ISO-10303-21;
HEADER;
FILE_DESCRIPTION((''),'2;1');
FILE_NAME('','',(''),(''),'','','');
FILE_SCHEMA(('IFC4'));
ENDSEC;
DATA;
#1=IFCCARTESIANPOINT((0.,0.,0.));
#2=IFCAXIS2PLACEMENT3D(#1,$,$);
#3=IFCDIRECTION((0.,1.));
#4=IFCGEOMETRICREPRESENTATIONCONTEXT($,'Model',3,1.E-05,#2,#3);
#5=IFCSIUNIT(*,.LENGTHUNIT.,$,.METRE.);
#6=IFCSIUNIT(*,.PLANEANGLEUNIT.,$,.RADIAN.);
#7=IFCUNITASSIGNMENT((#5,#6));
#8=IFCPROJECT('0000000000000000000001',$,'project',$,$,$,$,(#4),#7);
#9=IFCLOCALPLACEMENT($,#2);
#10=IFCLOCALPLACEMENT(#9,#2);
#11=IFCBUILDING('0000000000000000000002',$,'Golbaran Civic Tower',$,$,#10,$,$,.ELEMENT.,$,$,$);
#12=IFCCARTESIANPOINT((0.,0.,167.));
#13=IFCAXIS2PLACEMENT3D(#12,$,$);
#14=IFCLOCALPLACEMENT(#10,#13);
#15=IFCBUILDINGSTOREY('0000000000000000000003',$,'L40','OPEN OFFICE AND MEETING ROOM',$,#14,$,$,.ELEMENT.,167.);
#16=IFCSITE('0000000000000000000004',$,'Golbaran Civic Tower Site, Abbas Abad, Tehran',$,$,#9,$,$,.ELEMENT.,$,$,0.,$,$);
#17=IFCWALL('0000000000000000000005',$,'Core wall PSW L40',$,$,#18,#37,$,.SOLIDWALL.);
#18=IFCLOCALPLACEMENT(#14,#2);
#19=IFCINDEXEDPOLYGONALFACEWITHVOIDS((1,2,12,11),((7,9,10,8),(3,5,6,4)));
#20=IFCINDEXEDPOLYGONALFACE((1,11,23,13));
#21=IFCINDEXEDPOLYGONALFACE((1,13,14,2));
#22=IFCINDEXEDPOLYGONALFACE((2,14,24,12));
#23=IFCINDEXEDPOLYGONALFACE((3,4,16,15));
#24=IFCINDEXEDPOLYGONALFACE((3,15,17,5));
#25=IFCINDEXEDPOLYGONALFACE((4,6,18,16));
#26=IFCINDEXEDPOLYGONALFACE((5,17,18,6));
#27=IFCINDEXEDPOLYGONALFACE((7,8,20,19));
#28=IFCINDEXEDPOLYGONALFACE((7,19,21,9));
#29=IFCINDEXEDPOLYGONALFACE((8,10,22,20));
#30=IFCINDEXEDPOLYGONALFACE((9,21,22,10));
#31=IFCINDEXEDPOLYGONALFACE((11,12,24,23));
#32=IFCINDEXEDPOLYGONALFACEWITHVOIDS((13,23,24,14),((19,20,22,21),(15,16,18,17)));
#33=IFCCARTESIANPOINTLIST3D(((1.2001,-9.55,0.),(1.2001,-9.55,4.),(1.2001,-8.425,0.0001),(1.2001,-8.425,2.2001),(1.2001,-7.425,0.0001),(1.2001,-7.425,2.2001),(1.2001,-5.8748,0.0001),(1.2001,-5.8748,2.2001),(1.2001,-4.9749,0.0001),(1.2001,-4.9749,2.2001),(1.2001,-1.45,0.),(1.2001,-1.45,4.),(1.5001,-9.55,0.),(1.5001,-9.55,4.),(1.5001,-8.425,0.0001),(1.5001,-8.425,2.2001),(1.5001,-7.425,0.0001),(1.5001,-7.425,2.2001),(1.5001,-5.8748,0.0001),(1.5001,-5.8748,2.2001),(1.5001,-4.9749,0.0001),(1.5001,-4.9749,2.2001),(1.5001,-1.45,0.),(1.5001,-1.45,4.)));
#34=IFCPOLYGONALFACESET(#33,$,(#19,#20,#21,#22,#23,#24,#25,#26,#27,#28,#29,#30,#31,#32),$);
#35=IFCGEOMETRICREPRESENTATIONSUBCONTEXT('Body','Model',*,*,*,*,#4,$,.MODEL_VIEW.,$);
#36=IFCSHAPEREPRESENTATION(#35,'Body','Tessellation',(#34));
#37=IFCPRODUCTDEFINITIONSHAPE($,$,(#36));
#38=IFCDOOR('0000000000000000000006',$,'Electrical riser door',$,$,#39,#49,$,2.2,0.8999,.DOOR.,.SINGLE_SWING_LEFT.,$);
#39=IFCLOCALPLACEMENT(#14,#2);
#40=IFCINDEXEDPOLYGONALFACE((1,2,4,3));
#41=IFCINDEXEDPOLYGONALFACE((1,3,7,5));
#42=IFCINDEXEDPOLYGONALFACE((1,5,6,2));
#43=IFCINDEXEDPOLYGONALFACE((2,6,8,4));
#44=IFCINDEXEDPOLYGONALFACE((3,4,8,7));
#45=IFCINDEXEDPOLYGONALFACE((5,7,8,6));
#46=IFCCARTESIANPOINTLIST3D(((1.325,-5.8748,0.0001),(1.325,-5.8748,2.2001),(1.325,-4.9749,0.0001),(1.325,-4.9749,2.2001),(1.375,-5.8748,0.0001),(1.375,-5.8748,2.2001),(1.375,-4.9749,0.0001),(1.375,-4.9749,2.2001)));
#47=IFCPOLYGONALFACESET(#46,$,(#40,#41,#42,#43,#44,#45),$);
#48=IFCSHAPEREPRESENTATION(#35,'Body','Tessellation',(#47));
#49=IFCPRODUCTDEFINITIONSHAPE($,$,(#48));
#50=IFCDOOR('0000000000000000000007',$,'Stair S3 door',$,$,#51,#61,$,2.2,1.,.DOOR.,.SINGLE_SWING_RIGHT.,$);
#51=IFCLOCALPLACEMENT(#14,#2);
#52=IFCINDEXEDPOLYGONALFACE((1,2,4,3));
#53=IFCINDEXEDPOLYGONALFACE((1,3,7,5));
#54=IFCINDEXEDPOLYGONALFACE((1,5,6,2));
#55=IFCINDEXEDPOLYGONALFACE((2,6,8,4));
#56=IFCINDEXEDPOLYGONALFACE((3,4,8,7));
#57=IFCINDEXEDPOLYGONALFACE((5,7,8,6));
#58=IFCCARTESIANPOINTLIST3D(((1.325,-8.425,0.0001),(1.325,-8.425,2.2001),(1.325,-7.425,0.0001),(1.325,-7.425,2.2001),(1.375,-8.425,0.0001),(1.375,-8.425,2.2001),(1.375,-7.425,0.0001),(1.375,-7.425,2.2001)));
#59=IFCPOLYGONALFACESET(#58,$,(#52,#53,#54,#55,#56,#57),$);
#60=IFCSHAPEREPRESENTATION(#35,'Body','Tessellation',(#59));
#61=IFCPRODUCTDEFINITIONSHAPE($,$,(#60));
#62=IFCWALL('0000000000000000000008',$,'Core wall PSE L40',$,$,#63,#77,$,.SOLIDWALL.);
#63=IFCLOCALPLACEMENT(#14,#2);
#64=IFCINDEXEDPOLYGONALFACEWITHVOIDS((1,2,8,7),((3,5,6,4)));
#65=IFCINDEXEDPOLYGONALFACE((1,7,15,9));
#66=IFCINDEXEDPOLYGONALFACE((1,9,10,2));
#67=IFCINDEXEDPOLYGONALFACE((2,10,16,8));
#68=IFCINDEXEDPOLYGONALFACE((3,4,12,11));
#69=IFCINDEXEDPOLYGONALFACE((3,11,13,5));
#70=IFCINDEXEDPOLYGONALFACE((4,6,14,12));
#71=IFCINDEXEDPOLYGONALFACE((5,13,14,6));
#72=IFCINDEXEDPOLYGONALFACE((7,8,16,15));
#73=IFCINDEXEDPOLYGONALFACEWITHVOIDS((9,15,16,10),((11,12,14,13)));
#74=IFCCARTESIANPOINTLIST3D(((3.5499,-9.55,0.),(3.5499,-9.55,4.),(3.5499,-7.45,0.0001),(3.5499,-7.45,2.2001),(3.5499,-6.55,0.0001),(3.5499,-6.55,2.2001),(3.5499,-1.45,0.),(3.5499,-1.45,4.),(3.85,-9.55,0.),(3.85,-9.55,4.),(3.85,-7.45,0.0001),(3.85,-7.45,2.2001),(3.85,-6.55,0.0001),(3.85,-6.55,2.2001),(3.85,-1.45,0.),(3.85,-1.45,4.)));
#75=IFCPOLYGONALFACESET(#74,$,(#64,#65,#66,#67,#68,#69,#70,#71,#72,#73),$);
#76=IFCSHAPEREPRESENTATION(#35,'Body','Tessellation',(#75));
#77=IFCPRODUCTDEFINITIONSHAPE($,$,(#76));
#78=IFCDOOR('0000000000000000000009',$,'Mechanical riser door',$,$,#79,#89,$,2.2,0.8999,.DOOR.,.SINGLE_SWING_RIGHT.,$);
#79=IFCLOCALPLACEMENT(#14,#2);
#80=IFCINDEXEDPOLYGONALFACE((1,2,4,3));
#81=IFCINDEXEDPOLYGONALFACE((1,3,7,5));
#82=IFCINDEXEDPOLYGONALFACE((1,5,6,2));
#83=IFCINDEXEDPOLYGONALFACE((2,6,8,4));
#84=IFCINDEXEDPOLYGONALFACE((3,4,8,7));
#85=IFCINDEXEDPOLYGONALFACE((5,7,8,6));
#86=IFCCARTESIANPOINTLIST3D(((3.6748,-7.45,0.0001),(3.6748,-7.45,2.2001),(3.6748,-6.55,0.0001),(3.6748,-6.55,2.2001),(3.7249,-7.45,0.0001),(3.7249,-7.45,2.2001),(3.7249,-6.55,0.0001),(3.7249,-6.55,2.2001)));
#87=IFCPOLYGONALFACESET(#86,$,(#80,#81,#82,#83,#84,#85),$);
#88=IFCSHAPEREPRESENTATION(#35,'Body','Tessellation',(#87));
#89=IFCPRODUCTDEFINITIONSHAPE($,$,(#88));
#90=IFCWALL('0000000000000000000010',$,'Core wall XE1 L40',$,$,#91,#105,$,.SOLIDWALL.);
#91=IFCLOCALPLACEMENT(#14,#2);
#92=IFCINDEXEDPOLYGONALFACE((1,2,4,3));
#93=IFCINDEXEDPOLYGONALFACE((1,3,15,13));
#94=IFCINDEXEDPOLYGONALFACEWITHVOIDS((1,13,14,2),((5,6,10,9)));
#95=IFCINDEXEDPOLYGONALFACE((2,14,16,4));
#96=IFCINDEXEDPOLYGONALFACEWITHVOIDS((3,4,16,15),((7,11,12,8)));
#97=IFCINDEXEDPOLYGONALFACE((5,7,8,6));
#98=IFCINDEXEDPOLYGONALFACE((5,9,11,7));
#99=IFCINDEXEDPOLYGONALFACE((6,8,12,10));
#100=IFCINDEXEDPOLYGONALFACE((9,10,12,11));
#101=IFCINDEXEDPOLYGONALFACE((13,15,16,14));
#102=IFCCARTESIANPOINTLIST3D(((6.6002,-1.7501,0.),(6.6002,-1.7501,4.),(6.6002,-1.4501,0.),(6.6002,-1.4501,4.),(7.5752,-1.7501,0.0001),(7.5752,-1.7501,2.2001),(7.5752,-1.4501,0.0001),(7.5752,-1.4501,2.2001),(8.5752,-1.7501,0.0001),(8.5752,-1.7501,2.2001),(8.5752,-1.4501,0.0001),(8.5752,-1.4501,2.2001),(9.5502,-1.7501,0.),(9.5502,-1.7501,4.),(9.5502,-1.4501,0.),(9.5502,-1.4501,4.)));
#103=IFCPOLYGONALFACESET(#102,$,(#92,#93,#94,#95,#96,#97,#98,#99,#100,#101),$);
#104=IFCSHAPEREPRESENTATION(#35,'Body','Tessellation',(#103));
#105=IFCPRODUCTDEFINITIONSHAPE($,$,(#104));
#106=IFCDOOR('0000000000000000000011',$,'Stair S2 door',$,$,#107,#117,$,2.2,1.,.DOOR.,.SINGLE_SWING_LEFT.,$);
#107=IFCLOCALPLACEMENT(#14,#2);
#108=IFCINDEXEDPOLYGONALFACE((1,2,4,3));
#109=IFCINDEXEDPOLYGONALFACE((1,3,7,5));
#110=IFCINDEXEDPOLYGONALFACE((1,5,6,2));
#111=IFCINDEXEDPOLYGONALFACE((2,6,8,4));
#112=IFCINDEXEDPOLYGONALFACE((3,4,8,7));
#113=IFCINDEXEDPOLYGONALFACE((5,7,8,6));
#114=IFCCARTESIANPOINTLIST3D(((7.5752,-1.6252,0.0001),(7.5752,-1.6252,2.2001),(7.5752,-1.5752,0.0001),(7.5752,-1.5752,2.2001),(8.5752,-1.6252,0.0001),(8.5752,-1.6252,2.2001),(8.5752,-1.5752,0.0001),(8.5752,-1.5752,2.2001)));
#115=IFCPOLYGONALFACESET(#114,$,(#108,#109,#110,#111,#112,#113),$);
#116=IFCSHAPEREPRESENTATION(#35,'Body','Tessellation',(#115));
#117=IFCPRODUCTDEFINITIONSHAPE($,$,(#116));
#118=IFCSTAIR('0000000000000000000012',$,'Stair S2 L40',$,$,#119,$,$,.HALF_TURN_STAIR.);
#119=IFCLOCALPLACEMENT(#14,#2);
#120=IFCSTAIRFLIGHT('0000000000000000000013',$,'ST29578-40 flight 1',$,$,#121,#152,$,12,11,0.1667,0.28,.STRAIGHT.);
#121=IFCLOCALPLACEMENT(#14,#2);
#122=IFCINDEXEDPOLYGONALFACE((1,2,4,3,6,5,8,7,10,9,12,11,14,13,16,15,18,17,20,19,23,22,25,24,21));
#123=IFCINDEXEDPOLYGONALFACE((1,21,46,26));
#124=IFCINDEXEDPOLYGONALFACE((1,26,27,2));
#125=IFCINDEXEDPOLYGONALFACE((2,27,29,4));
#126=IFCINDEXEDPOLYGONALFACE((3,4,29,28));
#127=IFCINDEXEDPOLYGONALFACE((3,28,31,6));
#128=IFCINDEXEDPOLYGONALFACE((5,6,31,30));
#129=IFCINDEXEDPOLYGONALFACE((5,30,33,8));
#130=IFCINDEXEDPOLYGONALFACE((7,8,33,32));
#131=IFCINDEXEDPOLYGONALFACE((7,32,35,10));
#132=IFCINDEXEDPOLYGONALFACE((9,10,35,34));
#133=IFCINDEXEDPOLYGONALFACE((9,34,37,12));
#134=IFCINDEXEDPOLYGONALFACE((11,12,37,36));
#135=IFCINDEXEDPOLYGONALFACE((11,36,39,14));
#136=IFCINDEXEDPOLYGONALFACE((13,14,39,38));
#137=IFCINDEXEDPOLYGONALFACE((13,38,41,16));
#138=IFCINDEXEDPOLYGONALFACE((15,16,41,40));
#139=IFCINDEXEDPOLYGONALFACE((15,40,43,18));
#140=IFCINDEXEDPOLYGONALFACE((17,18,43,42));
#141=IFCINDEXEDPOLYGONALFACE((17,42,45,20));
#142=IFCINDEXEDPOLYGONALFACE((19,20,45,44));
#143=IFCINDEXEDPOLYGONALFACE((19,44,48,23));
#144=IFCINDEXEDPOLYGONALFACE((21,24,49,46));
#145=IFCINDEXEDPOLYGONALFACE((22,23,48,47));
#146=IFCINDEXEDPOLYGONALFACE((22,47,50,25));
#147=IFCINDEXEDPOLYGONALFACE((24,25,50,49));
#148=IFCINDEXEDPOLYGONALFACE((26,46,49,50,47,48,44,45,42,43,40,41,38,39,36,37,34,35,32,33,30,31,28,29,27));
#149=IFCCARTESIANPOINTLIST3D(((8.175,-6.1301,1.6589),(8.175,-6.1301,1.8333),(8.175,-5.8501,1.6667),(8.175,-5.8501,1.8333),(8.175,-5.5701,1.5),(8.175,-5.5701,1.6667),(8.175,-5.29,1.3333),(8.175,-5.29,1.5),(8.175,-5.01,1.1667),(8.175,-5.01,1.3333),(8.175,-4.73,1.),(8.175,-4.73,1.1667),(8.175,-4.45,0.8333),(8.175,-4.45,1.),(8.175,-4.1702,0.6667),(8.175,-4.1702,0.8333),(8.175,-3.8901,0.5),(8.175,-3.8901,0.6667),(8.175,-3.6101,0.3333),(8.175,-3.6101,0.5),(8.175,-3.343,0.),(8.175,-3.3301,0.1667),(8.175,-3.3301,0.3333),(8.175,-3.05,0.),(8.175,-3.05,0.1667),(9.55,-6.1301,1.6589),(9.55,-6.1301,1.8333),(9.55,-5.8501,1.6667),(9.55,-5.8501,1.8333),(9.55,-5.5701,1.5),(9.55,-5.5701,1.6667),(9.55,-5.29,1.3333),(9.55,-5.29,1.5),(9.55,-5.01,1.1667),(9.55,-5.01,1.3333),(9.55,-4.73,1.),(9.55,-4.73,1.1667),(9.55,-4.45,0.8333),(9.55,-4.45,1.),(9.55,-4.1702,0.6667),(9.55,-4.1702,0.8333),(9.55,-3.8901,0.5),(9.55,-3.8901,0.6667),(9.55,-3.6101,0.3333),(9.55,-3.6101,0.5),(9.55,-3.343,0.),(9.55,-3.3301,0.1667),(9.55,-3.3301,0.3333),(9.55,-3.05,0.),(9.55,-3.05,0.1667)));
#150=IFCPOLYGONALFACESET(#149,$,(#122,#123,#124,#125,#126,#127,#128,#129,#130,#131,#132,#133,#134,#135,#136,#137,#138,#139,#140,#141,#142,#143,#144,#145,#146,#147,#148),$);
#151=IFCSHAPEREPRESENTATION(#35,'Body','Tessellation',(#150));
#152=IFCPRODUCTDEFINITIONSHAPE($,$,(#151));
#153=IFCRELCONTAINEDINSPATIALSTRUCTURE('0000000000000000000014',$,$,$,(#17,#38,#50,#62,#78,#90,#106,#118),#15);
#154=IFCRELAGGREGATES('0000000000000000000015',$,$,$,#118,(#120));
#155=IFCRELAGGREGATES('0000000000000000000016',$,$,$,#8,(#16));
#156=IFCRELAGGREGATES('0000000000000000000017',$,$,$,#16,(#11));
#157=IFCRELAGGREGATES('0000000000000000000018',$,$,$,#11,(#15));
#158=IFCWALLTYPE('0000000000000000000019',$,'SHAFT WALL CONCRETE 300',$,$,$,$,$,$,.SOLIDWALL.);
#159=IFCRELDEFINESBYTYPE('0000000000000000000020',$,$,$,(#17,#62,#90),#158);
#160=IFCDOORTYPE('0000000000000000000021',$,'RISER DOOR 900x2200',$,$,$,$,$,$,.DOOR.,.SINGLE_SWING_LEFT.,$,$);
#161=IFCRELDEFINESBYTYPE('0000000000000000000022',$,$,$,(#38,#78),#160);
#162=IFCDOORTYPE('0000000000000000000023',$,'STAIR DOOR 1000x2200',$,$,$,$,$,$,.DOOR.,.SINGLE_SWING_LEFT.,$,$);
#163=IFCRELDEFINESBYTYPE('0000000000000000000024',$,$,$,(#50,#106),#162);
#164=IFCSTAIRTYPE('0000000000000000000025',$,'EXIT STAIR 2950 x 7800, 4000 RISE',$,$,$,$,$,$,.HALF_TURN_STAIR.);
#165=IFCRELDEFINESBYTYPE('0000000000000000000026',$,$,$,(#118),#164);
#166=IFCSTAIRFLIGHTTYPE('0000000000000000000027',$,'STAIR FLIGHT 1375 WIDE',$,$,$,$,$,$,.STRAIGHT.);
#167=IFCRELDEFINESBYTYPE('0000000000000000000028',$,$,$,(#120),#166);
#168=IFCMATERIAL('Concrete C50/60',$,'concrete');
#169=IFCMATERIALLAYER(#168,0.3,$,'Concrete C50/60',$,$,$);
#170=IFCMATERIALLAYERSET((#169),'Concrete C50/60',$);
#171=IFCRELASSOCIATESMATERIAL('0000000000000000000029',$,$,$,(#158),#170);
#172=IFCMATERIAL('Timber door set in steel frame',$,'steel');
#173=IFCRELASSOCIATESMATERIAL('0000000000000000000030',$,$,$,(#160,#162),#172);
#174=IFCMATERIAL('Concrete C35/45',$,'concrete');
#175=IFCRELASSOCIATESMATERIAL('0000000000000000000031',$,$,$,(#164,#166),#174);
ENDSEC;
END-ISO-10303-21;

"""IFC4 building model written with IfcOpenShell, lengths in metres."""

from ifc_helpers import new_model, si_unit, direction, frame, frame_2d, origin, place, context, subcontext, project, spatial, polyline, rectangle, outline, extrude, material, layer, layer_set, type_object, element, fill, aggregate, save


model = new_model("IFC4")

# Units and contexts
model_context = context("Model", 3, precision=1e-05, world=origin(), true_north=direction((0.0, 1.0)))
body_context = subcontext(model_context, "Body", "Model", "MODEL_VIEW")
ifc_project = project(units=[si_unit("LENGTHUNIT", "METRE"), si_unit("PLANEANGLEUNIT", "RADIAN")], contexts=[model_context])

# Site, building, storey
site_placement = place(None, origin())
site = spatial("IfcSite", under=ifc_project, at=site_placement, Name="Golbaran Civic Tower Site, Abbas Abad, Tehran", CompositionType="ELEMENT", RefElevation=0.0)
building_placement = place(site_placement, origin())
building = spatial("IfcBuilding", under=site, at=building_placement, Name="Golbaran Civic Tower", CompositionType="ELEMENT")
storey_placement = place(building_placement, frame((0.0, 0.0, 167.0)))
storey = spatial("IfcBuildingStorey", under=building, at=storey_placement, Name="L40", Description="OPEN OFFICE AND MEETING ROOM", CompositionType="ELEMENT", Elevation=167.0)

# Shared definitions
ifc_material_1 = material(Name="Concrete C50/60", Category="concrete")
ifc_material_2 = material(Name="Timber door set in steel frame", Category="steel")

# Shared definitions
ifc_layer_1 = layer(ifc_material_1, 0.3, Name="Concrete C50/60")
ifc_layer_set_1 = layer_set([ifc_layer_1], Name="Concrete C50/60")
wall_type_1 = type_object("IfcWallType", Name="SHAFT WALL CONCRETE 300", PredefinedType="SOLIDWALL", material=ifc_layer_set_1)

# Wall, openings, doors
wall_1_placement = place(storey_placement, frame((1.3501, -1.45, 0.0), z_axis=(0.0, 0.0, 1.0), x_axis=(0.0, -1.0, 0.0)))
wall_1 = element("IfcWall", 1, at=wall_1_placement, inside=storey, type_object=wall_type_1, Name="Core wall PSW L40", PredefinedType="SOLIDWALL", context=body_context, shape_type="SweptSolid", body=[
    extrude(rectangle(XDim=8.1001, YDim=0.3, at=frame_2d((4.05, 0.0))), origin(), (0.0, 0.0, 1.0), 4.0),
])
opening_1_placement = place(wall_1_placement, frame((5.9751, 0.0, 0.0)))
opening_1 = element("IfcOpeningElement", 2, at=opening_1_placement, cuts=wall_1, PredefinedType="OPENING", context=body_context, shape_type="SweptSolid", body=[
    extrude(rectangle(XDim=1.0, YDim=2.2, at=frame_2d((0.5, 1.1001))), frame((0.0, 0.1599, 0.0), z_axis=(0.0, -1.0, 0.0), x_axis=(1.0, 0.0, 0.0)), (0.0, 0.0, 1.0), 0.3201),
])
opening_2_placement = place(wall_1_placement, frame((3.5249, 0.0, 0.0)))
opening_2 = element("IfcOpeningElement", 3, at=opening_2_placement, cuts=wall_1, PredefinedType="OPENING", context=body_context, shape_type="SweptSolid", body=[
    extrude(rectangle(XDim=0.8999, YDim=2.2, at=frame_2d((0.45, 1.1001))), frame((0.0, 0.1599, 0.0), z_axis=(0.0, -1.0, 0.0), x_axis=(1.0, 0.0, 0.0)), (0.0, 0.0, 1.0), 0.3201),
])
door_type_1 = type_object("IfcDoorType", Name="RISER DOOR 900x2200", OperationType="SINGLE_SWING_LEFT", PredefinedType="DOOR", material=ifc_material_2)
door_1_placement = place(opening_2_placement, origin())
door_1 = element("IfcDoor", 4, at=door_1_placement, inside=storey, type_object=door_type_1, Name="Electrical riser door", OperationType="SINGLE_SWING_LEFT", OverallHeight=2.2, OverallWidth=0.8999, PredefinedType="DOOR", context=body_context, shape_type="SweptSolid", body=[
    extrude(rectangle(XDim=0.8999, YDim=2.2, at=frame_2d((0.45, 1.1001))), frame((0.0, 0.0249, 0.0), z_axis=(0.0, -1.0, 0.0), x_axis=(1.0, 0.0, 0.0)), (0.0, 0.0, 1.0), 0.05),
])
fill(opening_2, door_1)
door_type_2 = type_object("IfcDoorType", Name="STAIR DOOR 1000x2200", OperationType="SINGLE_SWING_LEFT", PredefinedType="DOOR", material=ifc_material_2)
door_2_placement = place(opening_1_placement, origin())
door_2 = element("IfcDoor", 5, at=door_2_placement, inside=storey, type_object=door_type_2, Name="Stair S3 door", OperationType="SINGLE_SWING_RIGHT", OverallHeight=2.2, OverallWidth=1.0, PredefinedType="DOOR", context=body_context, shape_type="SweptSolid", body=[
    extrude(rectangle(XDim=1.0, YDim=2.2, at=frame_2d((0.5, 1.1001))), frame((0.0, 0.0249, 0.0), z_axis=(0.0, -1.0, 0.0), x_axis=(1.0, 0.0, 0.0)), (0.0, 0.0, 1.0), 0.05),
])
fill(opening_1, door_2)

# Walls, openings, doors
wall_2_placement = place(storey_placement, frame((3.7, -1.45, 0.0), z_axis=(0.0, 0.0, 1.0), x_axis=(0.0, -1.0, 0.0)))
wall_2 = element("IfcWall", 6, at=wall_2_placement, inside=storey, type_object=wall_type_1, Name="Core wall PSE L40", PredefinedType="SOLIDWALL", context=body_context, shape_type="SweptSolid", body=[
    extrude(rectangle(XDim=8.1001, YDim=0.3, at=frame_2d((4.05, 0.0))), origin(), (0.0, 0.0, 1.0), 4.0),
])
opening_3_placement = place(wall_2_placement, frame((5.1001, 0.0, 0.0)))
opening_3 = element("IfcOpeningElement", 7, at=opening_3_placement, cuts=wall_2, PredefinedType="OPENING", context=body_context, shape_type="SweptSolid", body=[
    extrude(rectangle(XDim=0.8999, YDim=2.2, at=frame_2d((0.45, 1.1001))), frame((0.0, 0.1599, 0.0), z_axis=(0.0, -1.0, 0.0), x_axis=(1.0, 0.0, 0.0)), (0.0, 0.0, 1.0), 0.3201),
])
door_3_placement = place(opening_3_placement, origin())
door_3 = element("IfcDoor", 8, at=door_3_placement, inside=storey, type_object=door_type_1, Name="Mechanical riser door", OperationType="SINGLE_SWING_RIGHT", OverallHeight=2.2, OverallWidth=0.8999, PredefinedType="DOOR", context=body_context, shape_type="SweptSolid", body=[
    extrude(rectangle(XDim=0.8999, YDim=2.2, at=frame_2d((0.45, 1.1001))), frame((0.0, 0.0249, 0.0), z_axis=(0.0, -1.0, 0.0), x_axis=(1.0, 0.0, 0.0)), (0.0, 0.0, 1.0), 0.05),
])
fill(opening_3, door_3)
wall_3_placement = place(storey_placement, frame((6.6001, -1.6001, 0.0), z_axis=(0.0, 0.0, 1.0), x_axis=(1.0, 0.0, 0.0)))
wall_3 = element("IfcWall", 9, at=wall_3_placement, inside=storey, type_object=wall_type_1, Name="Core wall XE1 L40", PredefinedType="SOLIDWALL", context=body_context, shape_type="SweptSolid", body=[
    extrude(rectangle(XDim=2.95, YDim=0.3, at=frame_2d((1.4751, 0.0))), origin(), (0.0, 0.0, 1.0), 4.0),
])
opening_4_placement = place(wall_3_placement, frame((0.9751, 0.0, 0.0)))
opening_4 = element("IfcOpeningElement", 10, at=opening_4_placement, cuts=wall_3, PredefinedType="OPENING", context=body_context, shape_type="SweptSolid", body=[
    extrude(rectangle(XDim=1.0, YDim=2.2, at=frame_2d((0.5, 1.1001))), frame((0.0, 0.1599, 0.0), z_axis=(0.0, -1.0, 0.0), x_axis=(1.0, 0.0, 0.0)), (0.0, 0.0, 1.0), 0.3201),
])
door_4_placement = place(opening_4_placement, origin())
door_4 = element("IfcDoor", 11, at=door_4_placement, inside=storey, type_object=door_type_2, Name="Stair S2 door", OperationType="SINGLE_SWING_LEFT", OverallHeight=2.2, OverallWidth=1.0, PredefinedType="DOOR", context=body_context, shape_type="SweptSolid", body=[
    extrude(rectangle(XDim=1.0, YDim=2.2, at=frame_2d((0.5, 1.1001))), frame((0.0, 0.0249, 0.0), z_axis=(0.0, -1.0, 0.0), x_axis=(1.0, 0.0, 0.0)), (0.0, 0.0, 1.0), 0.05),
])
fill(opening_4, door_4)

# Stair, stair flight
ifc_material_3 = material(Name="Concrete C35/45", Category="concrete")
stair_type = type_object("IfcStairType", Name="EXIT STAIR 2950 x 7800, 4000 RISE", PredefinedType="HALF_TURN_STAIR", material=ifc_material_3)
stair_placement = place(storey_placement, origin())
stair = element("IfcStair", 12, at=stair_placement, inside=storey, type_object=stair_type, Name="Stair S2 L40", PredefinedType="HALF_TURN_STAIR")
stair_flight_type = type_object("IfcStairFlightType", Name="STAIR FLIGHT 1375 WIDE", PredefinedType="STRAIGHT", material=ifc_material_3)
stair_flight_1_placement = place(storey_placement, frame((8.8625, -3.05, 0.0), z_axis=(0.0, 0.0, 1.0), x_axis=(0.0, -1.0, 0.0)))
stair_flight_1 = element("IfcStairFlight", 13, at=stair_flight_1_placement, type_object=stair_flight_type, Name="ST29578-40 flight 1", NumberOfRisers=12, NumberOfTreads=11, PredefinedType="STRAIGHT", RiserHeight=0.1667, TreadLength=0.28, context=body_context, shape_type="SweptSolid", body=[
    extrude(outline(polyline([(0.0, 0.0), (0.0, 0.1667), (0.28, 0.1667), (0.28, 0.3333), (0.5601, 0.3333), (0.5601, 0.5), (0.8401, 0.5), (0.8401, 0.6667), (1.1201, 0.6667), (1.1201, 0.8333), (1.3999, 0.8333), (1.3999, 1.0), (1.6799, 1.0), (1.6799, 1.1667), (1.96, 1.1667), (1.96, 1.3333), (2.24, 1.3333), (2.24, 1.5), (2.52, 1.5), (2.52, 1.6667), (2.8, 1.6667), (2.8, 1.8333), (3.0801, 1.8333), (3.0801, 2.0), (3.0801, 1.6589), (0.293, 0.0), (0.0, 0.0)])), frame((0.0, 0.6875, 0.0), z_axis=(0.0, -1.0, 0.0), x_axis=(1.0, 0.0, 0.0)), (0.0, 0.0, 1.0), 1.375),
])
aggregate(stair, [stair_flight_1])

save(model, "model.ifc")
